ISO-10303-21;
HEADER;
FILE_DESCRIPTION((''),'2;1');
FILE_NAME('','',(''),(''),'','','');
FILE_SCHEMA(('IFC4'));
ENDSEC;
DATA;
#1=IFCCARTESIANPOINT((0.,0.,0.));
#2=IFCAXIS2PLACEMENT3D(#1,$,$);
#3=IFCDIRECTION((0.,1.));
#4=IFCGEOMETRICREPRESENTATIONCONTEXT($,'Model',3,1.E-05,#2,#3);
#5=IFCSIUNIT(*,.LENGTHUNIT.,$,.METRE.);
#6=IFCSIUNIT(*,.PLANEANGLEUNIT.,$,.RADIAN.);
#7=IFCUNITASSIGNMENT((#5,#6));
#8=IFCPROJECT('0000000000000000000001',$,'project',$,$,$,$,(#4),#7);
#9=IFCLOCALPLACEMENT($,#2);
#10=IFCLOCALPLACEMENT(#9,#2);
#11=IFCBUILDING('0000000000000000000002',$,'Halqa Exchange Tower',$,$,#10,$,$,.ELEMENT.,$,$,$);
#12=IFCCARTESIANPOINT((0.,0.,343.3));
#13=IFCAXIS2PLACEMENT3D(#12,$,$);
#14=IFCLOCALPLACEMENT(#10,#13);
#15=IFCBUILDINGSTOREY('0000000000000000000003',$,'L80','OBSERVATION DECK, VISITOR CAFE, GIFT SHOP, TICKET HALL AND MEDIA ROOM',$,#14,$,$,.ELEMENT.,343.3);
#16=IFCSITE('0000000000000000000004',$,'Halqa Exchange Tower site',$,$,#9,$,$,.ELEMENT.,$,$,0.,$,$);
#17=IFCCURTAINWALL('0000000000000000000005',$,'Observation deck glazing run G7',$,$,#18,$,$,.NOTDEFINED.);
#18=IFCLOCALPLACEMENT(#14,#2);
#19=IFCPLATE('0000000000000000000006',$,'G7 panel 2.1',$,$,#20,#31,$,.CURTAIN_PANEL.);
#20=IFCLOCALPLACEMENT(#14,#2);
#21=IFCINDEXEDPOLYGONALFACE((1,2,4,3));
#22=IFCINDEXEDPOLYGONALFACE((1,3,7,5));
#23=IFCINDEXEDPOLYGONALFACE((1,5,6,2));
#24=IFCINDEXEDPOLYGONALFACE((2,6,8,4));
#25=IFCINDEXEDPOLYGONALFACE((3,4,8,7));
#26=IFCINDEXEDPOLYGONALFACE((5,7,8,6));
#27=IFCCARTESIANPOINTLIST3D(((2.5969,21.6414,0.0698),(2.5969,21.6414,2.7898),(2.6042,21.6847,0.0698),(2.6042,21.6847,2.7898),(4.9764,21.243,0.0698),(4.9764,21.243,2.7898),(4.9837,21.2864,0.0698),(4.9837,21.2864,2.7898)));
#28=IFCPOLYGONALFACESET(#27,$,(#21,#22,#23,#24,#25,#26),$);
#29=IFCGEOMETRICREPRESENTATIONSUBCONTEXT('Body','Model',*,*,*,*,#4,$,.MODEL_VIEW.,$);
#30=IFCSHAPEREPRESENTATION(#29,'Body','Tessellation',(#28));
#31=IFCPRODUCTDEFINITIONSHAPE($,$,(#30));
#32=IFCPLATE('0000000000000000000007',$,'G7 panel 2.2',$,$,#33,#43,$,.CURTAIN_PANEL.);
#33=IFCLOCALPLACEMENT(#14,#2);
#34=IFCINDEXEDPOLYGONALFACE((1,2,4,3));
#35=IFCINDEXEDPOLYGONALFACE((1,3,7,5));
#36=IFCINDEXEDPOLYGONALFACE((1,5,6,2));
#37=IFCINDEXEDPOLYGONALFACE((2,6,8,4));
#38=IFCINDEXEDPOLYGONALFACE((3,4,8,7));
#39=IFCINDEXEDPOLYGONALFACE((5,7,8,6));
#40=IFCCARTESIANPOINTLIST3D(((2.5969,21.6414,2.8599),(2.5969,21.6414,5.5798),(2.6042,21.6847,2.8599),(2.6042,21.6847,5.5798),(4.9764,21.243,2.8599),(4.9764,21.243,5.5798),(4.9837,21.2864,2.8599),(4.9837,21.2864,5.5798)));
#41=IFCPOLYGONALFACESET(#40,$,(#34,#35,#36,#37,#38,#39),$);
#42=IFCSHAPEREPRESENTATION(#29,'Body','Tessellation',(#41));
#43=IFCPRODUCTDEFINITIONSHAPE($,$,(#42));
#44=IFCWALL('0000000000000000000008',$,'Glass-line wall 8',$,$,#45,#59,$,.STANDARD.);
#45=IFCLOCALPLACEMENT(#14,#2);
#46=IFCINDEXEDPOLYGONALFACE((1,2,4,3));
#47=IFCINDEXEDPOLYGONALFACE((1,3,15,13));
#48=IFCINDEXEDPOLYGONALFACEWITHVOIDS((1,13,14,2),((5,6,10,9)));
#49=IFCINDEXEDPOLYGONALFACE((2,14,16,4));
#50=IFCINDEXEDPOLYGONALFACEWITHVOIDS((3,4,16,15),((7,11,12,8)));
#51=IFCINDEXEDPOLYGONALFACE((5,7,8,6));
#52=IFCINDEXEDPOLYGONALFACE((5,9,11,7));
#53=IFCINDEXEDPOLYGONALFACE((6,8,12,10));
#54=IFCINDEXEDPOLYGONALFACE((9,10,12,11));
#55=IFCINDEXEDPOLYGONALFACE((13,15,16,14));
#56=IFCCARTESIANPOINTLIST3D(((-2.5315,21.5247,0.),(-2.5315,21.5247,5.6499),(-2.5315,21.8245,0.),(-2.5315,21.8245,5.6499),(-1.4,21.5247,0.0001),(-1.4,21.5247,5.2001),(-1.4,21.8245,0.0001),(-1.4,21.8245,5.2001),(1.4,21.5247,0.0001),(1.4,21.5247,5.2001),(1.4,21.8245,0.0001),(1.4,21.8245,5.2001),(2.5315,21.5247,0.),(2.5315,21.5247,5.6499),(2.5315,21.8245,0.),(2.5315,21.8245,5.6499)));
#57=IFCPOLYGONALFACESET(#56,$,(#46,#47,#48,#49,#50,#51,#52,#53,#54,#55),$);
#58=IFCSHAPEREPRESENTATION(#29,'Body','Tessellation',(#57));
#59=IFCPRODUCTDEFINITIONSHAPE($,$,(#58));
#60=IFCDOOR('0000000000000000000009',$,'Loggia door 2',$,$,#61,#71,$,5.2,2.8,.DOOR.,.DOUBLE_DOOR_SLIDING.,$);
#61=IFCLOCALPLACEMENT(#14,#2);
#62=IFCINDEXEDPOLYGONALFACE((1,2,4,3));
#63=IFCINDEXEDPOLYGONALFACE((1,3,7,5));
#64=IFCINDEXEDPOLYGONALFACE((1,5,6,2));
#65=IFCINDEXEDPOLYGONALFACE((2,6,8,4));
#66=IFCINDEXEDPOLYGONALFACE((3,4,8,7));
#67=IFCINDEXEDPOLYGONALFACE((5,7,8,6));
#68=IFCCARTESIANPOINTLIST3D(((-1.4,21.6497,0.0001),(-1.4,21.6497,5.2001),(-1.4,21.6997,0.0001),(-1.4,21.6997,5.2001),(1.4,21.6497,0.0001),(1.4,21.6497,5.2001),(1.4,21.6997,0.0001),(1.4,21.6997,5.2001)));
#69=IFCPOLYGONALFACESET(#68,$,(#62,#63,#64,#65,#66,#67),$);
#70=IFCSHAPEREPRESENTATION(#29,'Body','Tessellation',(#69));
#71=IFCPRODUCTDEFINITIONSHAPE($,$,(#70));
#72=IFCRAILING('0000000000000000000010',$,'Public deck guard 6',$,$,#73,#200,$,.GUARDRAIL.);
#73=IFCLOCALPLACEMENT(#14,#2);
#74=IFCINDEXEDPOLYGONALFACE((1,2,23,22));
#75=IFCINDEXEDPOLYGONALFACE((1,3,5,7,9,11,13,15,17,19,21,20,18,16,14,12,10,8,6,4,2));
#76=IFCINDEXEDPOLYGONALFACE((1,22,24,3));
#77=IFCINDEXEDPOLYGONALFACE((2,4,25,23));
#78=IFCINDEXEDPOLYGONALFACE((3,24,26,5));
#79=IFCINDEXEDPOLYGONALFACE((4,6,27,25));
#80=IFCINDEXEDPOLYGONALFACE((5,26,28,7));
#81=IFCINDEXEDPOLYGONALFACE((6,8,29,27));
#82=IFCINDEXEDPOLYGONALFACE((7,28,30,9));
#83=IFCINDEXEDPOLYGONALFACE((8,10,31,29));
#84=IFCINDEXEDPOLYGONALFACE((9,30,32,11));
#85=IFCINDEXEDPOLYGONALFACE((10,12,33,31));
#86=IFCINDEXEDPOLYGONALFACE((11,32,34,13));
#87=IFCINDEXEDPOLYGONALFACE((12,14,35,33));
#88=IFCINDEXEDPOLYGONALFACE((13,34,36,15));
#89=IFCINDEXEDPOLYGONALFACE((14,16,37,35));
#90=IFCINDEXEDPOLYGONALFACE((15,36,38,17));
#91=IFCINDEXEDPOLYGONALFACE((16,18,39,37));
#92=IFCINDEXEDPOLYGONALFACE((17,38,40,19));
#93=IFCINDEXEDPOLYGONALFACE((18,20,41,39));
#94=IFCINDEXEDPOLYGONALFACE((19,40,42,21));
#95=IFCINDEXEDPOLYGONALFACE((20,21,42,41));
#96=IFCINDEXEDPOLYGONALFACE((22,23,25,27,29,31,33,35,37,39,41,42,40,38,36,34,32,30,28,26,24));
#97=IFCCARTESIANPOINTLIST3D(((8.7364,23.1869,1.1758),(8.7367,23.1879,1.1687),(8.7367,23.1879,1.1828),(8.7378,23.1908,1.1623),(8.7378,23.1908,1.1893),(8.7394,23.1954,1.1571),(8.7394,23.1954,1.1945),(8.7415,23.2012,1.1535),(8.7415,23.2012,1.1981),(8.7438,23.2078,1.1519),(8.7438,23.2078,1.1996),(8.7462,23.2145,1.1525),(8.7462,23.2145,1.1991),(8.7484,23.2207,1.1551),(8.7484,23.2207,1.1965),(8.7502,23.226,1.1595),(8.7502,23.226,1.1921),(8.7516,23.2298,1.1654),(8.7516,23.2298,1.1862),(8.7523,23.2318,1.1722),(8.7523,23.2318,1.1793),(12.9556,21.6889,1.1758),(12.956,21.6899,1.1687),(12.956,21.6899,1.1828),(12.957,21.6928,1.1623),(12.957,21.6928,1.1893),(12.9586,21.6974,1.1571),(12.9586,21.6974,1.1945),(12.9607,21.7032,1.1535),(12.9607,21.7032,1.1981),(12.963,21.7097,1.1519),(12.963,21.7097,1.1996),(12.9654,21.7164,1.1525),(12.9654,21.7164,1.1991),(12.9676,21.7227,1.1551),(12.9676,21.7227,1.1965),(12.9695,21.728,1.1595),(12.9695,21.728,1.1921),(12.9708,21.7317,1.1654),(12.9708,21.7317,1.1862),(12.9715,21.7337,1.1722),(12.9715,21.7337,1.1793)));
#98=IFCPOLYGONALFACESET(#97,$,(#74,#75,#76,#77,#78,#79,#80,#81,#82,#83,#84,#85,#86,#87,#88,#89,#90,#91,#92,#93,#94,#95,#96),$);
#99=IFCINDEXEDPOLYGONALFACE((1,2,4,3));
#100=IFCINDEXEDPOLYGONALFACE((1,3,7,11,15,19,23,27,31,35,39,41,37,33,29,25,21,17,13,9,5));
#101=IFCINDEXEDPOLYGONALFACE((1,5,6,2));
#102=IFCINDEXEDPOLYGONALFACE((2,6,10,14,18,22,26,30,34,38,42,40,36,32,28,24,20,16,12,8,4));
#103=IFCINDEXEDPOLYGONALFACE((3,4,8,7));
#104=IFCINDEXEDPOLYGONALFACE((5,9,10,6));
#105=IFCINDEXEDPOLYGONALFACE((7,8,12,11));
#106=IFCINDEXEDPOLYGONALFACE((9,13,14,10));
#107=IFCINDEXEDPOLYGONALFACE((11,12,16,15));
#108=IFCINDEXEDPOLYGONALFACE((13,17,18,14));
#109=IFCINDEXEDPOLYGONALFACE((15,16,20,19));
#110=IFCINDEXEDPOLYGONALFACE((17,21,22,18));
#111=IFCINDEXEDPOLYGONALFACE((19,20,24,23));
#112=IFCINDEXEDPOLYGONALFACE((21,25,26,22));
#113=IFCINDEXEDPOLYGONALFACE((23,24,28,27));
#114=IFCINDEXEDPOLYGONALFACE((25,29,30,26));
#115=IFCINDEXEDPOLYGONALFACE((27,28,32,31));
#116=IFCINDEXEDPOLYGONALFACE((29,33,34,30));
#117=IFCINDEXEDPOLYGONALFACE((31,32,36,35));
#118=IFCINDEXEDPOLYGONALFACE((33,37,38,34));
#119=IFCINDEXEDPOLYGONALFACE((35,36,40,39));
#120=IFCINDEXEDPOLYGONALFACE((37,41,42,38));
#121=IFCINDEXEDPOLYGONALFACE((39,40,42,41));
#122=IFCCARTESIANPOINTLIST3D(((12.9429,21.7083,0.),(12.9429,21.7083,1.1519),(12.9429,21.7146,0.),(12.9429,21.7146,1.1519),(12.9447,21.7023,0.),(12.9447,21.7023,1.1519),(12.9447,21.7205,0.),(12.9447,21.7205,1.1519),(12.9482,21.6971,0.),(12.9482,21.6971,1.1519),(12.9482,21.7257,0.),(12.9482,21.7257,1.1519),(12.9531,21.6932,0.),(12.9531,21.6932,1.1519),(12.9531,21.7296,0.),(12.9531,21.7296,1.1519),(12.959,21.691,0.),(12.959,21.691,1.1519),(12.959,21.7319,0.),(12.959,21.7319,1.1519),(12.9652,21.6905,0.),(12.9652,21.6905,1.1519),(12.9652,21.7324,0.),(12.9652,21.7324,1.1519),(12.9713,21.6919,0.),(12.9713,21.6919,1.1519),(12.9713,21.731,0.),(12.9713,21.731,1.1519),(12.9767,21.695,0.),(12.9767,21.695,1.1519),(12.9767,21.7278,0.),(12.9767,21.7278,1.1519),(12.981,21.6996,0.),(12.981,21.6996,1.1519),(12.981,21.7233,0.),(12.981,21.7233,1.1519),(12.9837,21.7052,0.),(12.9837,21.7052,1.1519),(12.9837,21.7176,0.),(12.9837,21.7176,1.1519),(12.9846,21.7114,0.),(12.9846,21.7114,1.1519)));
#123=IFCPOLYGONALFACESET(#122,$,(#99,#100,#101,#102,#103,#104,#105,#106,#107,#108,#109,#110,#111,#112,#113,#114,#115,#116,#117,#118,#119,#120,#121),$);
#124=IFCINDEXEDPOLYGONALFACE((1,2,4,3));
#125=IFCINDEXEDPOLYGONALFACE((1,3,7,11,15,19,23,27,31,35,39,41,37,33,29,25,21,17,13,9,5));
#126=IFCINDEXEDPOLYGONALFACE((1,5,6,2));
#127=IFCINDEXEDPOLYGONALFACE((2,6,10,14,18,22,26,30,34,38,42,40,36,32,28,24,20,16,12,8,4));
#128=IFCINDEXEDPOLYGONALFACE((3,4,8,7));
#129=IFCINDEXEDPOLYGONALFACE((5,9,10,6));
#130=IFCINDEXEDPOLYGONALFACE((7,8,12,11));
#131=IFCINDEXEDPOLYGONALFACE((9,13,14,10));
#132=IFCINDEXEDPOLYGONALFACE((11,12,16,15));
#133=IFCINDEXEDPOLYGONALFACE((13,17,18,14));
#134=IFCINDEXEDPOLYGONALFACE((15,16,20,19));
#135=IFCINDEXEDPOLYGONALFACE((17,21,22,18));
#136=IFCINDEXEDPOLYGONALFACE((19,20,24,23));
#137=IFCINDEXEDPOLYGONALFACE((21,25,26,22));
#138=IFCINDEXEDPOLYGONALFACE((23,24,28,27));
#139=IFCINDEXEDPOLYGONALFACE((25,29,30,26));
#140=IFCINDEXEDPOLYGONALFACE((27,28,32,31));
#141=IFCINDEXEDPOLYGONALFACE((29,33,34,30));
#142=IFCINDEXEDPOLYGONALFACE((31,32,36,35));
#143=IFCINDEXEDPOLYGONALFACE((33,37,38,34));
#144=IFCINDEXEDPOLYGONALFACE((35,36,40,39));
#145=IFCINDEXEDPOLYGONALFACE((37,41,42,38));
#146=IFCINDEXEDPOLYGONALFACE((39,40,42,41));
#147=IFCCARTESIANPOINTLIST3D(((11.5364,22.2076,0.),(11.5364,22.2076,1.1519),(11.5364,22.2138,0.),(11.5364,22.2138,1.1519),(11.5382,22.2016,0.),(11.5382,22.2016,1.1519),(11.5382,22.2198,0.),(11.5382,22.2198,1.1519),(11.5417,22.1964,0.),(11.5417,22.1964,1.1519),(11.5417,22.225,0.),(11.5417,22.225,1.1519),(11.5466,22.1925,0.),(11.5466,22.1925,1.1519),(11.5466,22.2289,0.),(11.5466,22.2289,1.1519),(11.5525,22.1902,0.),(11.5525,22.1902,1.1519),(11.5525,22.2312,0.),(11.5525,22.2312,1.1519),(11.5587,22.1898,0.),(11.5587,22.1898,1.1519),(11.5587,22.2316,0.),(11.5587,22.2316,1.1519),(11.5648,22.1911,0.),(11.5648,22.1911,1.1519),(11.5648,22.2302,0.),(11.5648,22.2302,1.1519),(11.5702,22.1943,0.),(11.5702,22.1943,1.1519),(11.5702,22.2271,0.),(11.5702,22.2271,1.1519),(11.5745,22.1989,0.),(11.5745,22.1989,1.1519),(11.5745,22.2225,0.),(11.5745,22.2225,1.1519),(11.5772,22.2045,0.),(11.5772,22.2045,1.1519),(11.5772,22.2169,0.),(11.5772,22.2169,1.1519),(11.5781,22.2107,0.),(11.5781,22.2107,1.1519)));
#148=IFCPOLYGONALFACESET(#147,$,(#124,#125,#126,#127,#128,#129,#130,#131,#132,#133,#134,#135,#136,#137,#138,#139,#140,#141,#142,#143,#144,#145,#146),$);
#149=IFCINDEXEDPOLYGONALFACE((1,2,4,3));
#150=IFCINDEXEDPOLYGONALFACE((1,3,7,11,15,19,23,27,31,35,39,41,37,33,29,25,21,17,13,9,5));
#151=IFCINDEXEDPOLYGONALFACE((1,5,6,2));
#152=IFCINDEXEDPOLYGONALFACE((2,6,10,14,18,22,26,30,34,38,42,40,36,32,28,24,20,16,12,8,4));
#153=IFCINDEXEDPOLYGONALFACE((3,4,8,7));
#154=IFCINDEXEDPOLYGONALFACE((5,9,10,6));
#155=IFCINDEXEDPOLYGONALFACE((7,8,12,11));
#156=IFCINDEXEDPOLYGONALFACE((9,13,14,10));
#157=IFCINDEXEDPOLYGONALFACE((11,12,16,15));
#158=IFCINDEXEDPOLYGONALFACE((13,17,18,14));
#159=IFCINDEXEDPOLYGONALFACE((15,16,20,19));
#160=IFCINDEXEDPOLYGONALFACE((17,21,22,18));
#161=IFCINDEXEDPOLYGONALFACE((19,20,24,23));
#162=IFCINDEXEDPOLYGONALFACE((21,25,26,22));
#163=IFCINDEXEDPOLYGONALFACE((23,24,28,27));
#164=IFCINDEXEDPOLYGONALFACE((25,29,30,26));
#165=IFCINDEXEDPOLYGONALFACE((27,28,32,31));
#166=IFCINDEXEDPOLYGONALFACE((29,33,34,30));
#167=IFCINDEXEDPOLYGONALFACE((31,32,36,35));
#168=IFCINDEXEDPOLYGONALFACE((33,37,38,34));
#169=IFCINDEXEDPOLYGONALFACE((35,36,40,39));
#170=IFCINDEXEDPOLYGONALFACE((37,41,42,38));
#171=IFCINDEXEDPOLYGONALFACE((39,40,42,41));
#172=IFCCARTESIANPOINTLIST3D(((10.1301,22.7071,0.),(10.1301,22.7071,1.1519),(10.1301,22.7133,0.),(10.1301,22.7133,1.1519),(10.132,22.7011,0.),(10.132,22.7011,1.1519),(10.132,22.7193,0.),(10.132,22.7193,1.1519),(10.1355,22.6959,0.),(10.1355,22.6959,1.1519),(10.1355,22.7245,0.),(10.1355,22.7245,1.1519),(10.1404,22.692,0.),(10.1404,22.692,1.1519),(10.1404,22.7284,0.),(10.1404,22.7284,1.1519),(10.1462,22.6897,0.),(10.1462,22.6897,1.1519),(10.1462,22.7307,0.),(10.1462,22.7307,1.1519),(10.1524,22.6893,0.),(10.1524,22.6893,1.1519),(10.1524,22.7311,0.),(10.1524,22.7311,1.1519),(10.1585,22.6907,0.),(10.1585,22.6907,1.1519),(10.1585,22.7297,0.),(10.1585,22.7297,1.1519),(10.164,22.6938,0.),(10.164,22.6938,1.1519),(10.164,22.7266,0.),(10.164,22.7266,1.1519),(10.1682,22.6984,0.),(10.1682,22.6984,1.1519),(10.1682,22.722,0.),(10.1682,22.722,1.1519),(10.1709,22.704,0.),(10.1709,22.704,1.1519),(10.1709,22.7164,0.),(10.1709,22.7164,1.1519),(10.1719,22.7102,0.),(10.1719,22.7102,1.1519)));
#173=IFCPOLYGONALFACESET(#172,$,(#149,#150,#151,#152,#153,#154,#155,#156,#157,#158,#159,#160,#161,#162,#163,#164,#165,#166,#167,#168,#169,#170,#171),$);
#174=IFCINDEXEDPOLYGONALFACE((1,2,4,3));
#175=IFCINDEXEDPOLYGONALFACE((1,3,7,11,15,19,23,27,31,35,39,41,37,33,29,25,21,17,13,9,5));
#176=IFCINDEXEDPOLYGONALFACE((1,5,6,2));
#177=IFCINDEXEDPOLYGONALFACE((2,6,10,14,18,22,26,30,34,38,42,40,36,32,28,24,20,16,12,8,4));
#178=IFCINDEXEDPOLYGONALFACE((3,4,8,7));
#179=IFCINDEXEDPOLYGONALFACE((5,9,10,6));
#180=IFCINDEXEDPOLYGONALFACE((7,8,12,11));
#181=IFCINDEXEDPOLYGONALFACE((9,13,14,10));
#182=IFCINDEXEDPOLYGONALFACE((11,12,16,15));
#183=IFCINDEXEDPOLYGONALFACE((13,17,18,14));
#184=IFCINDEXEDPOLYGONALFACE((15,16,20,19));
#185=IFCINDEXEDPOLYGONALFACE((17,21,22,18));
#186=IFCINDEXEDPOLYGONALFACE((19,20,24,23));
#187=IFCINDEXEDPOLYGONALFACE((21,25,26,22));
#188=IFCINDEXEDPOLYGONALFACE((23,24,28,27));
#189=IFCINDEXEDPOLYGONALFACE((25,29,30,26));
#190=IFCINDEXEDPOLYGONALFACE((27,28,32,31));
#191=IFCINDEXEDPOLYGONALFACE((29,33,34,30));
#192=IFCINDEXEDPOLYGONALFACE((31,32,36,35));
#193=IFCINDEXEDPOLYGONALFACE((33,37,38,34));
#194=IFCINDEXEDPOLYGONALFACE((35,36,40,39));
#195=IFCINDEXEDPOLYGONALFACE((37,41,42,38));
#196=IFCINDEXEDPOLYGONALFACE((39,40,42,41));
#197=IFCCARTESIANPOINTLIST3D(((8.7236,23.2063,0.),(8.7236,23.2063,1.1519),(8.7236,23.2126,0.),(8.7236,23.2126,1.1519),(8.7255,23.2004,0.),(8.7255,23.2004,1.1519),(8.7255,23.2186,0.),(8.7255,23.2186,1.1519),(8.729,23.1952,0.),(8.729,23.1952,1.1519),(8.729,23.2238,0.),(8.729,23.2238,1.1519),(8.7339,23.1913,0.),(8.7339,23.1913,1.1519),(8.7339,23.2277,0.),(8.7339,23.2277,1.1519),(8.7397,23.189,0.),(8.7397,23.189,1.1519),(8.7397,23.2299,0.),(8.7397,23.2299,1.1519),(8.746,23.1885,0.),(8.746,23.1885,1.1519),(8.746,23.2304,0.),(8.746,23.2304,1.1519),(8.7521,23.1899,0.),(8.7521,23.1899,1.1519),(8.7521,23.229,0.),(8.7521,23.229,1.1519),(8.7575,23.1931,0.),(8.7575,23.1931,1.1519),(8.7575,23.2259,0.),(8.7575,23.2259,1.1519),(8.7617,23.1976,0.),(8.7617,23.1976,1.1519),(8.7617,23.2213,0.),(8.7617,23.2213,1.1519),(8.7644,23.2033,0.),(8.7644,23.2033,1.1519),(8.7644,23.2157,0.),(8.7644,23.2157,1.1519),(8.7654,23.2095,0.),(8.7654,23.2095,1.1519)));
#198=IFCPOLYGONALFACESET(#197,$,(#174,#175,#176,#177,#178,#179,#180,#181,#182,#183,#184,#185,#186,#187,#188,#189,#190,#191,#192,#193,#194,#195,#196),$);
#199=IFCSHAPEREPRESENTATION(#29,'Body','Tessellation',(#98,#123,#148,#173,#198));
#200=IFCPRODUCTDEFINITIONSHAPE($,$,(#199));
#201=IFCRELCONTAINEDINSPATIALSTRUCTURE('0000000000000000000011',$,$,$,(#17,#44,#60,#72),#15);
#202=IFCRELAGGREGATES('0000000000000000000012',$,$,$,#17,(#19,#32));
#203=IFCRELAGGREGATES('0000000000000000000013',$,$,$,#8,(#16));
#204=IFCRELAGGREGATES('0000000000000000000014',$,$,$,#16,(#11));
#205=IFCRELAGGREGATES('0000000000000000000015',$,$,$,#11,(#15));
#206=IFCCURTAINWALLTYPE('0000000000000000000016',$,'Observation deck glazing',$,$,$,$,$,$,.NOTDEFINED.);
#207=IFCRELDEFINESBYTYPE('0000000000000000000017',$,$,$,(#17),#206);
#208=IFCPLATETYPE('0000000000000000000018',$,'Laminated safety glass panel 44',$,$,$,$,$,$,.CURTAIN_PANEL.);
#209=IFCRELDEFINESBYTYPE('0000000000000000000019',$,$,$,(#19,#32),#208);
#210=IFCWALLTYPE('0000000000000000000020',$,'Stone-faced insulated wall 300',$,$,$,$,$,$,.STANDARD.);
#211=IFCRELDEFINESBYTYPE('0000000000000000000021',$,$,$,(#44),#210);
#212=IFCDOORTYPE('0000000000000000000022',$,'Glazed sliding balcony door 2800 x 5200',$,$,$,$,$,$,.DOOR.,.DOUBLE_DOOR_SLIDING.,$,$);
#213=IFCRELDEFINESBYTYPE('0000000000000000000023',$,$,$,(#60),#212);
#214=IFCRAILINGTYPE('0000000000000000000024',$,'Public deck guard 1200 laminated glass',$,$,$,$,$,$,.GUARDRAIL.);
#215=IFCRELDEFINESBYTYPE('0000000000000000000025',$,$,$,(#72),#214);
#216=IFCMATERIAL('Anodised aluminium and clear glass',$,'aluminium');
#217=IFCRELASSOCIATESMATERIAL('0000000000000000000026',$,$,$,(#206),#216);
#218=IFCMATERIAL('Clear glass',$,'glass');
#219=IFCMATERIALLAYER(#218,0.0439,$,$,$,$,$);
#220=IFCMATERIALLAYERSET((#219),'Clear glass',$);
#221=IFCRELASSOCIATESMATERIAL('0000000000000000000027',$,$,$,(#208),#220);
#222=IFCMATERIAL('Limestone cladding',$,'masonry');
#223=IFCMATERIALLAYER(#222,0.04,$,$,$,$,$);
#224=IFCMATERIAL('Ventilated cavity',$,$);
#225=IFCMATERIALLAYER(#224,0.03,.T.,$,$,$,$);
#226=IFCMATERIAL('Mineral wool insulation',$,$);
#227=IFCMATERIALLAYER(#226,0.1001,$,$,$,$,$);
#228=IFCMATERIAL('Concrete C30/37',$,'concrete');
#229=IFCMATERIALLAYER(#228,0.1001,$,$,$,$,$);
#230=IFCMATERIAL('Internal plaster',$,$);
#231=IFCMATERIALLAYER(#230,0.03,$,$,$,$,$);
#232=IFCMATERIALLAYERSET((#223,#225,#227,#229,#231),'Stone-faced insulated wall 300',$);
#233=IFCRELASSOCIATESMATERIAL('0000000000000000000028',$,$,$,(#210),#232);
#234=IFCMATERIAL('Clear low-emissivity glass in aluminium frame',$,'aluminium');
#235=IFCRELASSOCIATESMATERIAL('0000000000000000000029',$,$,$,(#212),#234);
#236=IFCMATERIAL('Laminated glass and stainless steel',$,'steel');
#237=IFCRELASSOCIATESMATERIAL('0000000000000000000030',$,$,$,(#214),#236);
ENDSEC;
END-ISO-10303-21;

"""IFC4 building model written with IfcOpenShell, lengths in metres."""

from ifc_helpers import new_model, si_unit, direction, frame, frame_2d, origin, origin_2d, place, context, subcontext, project, spatial, polyline, rectangle, circle, outline, extrude, material, layer, layer_set, type_object, element, fill, aggregate, save


model = new_model("IFC4")

# Units and contexts
model_context = context("Model", 3, precision=1e-05, world=origin(), true_north=direction((0.0, 1.0)))
body_context = subcontext(model_context, "Body", "Model", "MODEL_VIEW")
ifc_project = project(units=[si_unit("LENGTHUNIT", "METRE"), si_unit("PLANEANGLEUNIT", "RADIAN")], contexts=[model_context])

# Site, building, storey
site_placement = place(None, origin())
site = spatial("IfcSite", under=ifc_project, at=site_placement, Name="Halqa Exchange Tower site", CompositionType="ELEMENT", RefElevation=0.0)
building_placement = place(site_placement, origin())
building = spatial("IfcBuilding", under=site, at=building_placement, Name="Halqa Exchange Tower", CompositionType="ELEMENT")
storey_placement = place(building_placement, frame((0.0, 0.0, 343.3)))
storey = spatial("IfcBuildingStorey", under=building, at=storey_placement, Name="L80", Description="OBSERVATION DECK, VISITOR CAFE, GIFT SHOP, TICKET HALL AND MEDIA ROOM", CompositionType="ELEMENT", Elevation=343.3)

# Curtain wall
ifc_material_1 = material(Name="Anodised aluminium and clear glass", Category="aluminium")
curtain_wall_type = type_object("IfcCurtainWallType", Name="Observation deck glazing", PredefinedType="NOTDEFINED", material=ifc_material_1)
curtain_wall_1_placement = place(storey_placement, origin())
curtain_wall_1 = element("IfcCurtainWall", 1, at=curtain_wall_1_placement, inside=storey, type_object=curtain_wall_type, Name="Observation deck glazing run G7", PredefinedType="NOTDEFINED")

# Plates
ifc_material_2 = material(Name="Clear glass", Category="glass")
ifc_layer_1 = layer(ifc_material_2, 0.0439)
ifc_layer_set_1 = layer_set([ifc_layer_1], Name="Clear glass")
plate_type = type_object("IfcPlateType", Name="Laminated safety glass panel 44", PredefinedType="CURTAIN_PANEL", material=ifc_layer_set_1)
plate_1_placement = place(storey_placement, frame((3.7903, 21.4639, 0.0698), z_axis=(0.0, 0.0, 1.0), x_axis=(-0.986274, 0.165117, 0.0)))
plate_1 = element("IfcPlate", 2, at=plate_1_placement, type_object=plate_type, Name="G7 panel 2.1", PredefinedType="CURTAIN_PANEL", context=body_context, shape_type="SweptSolid", body=[
    extrude(rectangle(XDim=2.4126, YDim=0.0439, at=origin_2d()), origin(), (0.0, 0.0, 1.0), 2.72),
])
plate_2_placement = place(storey_placement, frame((3.7903, 21.4639, 2.8599), z_axis=(0.0, 0.0, 1.0), x_axis=(-0.986274, 0.165117, 0.0)))
plate_2 = element("IfcPlate", 3, at=plate_2_placement, type_object=plate_type, Name="G7 panel 2.2", PredefinedType="CURTAIN_PANEL", context=body_context, shape_type="SweptSolid", body=[
    extrude(rectangle(XDim=2.4126, YDim=0.0439, at=origin_2d()), origin(), (0.0, 0.0, 1.0), 2.72),
])
aggregate(curtain_wall_1, [plate_1, plate_2])

# Wall, opening, door
ifc_material_3 = material(Name="Limestone cladding", Category="masonry")
ifc_layer_2 = layer(ifc_material_3, 0.04)
ifc_material_4 = material(Name="Ventilated cavity")
ifc_layer_3 = layer(ifc_material_4, 0.03, ventilated=True)
ifc_material_5 = material(Name="Mineral wool insulation")
ifc_layer_4 = layer(ifc_material_5, 0.1001)
ifc_material_6 = material(Name="Concrete C30/37", Category="concrete")
ifc_layer_5 = layer(ifc_material_6, 0.1001)
ifc_material_7 = material(Name="Internal plaster")
ifc_layer_6 = layer(ifc_material_7, 0.03)
ifc_layer_set_2 = layer_set([ifc_layer_2, ifc_layer_3, ifc_layer_4, ifc_layer_5, ifc_layer_6], Name="Stone-faced insulated wall 300")
wall_type = type_object("IfcWallType", Name="Stone-faced insulated wall 300", PredefinedType="STANDARD", material=ifc_layer_set_2)
wall_placement = place(storey_placement, frame((2.5315, 21.6746, 0.0), z_axis=(0.0, 0.0, 1.0), x_axis=(-1.0, 0.0, 0.0)))
wall = element("IfcWall", 4, at=wall_placement, inside=storey, type_object=wall_type, Name="Glass-line wall 8", PredefinedType="STANDARD", context=body_context, shape_type="SweptSolid", body=[
    extrude(outline(polyline([(0.0, -0.1499), (5.063, -0.1499), (5.063, 0.1499), (0.0, 0.1499), (0.0, -0.1499)])), origin(), (0.0, 0.0, 1.0), 5.6499),
])
opening_placement = place(wall_placement, frame((1.1316, 0.0, 0.0)))
opening = element("IfcOpeningElement", 5, at=opening_placement, cuts=wall, PredefinedType="OPENING", context=body_context, shape_type="SweptSolid", body=[
    extrude(rectangle(XDim=2.8, YDim=5.2, at=frame_2d((1.3999, 2.6001))), frame((0.0, 0.1621, 0.0), z_axis=(0.0, -1.0, 0.0), x_axis=(1.0, 0.0, 0.0)), (0.0, 0.0, 1.0), 0.324),
])
ifc_material_8 = material(Name="Clear low-emissivity glass in aluminium frame", Category="aluminium")
door_type = type_object("IfcDoorType", Name="Glazed sliding balcony door 2800 x 5200", OperationType="DOUBLE_DOOR_SLIDING", PredefinedType="DOOR", material=ifc_material_8)
door_placement = place(opening_placement, origin())
door = element("IfcDoor", 6, at=door_placement, inside=storey, type_object=door_type, Name="Loggia door 2", OperationType="DOUBLE_DOOR_SLIDING", OverallHeight=5.2, OverallWidth=2.8, PredefinedType="DOOR", context=body_context, shape_type="SweptSolid", body=[
    extrude(rectangle(XDim=2.8, YDim=5.2, at=frame_2d((1.3999, 2.6001))), frame((0.0, 0.0249, 0.0), z_axis=(0.0, -1.0, 0.0), x_axis=(1.0, 0.0, 0.0)), (0.0, 0.0, 1.0), 0.05),
])
fill(opening, door)

# Railing
ifc_material_9 = material(Name="Laminated glass and stainless steel", Category="steel")
railing_type = type_object("IfcRailingType", Name="Public deck guard 1200 laminated glass", PredefinedType="GUARDRAIL", material=ifc_material_9)
railing_1_placement = place(storey_placement, frame((12.9636, 21.7114, 0.0)))
element("IfcRailing", 7, at=railing_1_placement, inside=storey, type_object=railing_type, Name="Public deck guard 6", PredefinedType="GUARDRAIL", context=body_context, shape_type="SweptSolid", body=[
    extrude(circle(Radius=0.0239, at=origin_2d()), frame((0.0, 0.0, 1.1758), z_axis=(-0.942365, 0.334588, 0.0), x_axis=(-0.334588, -0.942365, 0.0)), (0.0, 0.0, 1.0), 4.4773),
    extrude(circle(Radius=0.021, at=origin_2d()), origin(), (0.0, 0.0, 1.0), 1.1519),
    extrude(circle(Radius=0.021, at=origin_2d()), frame((-1.4065, 0.4993, 0.0)), (0.0, 0.0, 1.0), 1.1519),
    extrude(circle(Radius=0.021, at=origin_2d()), frame((-2.8127, 0.9988, 0.0)), (0.0, 0.0, 1.0), 1.1519),
    extrude(circle(Radius=0.021, at=origin_2d()), frame((-4.2192, 1.498, 0.0)), (0.0, 0.0, 1.0), 1.1519),
])

save(model, "model.ifc")
